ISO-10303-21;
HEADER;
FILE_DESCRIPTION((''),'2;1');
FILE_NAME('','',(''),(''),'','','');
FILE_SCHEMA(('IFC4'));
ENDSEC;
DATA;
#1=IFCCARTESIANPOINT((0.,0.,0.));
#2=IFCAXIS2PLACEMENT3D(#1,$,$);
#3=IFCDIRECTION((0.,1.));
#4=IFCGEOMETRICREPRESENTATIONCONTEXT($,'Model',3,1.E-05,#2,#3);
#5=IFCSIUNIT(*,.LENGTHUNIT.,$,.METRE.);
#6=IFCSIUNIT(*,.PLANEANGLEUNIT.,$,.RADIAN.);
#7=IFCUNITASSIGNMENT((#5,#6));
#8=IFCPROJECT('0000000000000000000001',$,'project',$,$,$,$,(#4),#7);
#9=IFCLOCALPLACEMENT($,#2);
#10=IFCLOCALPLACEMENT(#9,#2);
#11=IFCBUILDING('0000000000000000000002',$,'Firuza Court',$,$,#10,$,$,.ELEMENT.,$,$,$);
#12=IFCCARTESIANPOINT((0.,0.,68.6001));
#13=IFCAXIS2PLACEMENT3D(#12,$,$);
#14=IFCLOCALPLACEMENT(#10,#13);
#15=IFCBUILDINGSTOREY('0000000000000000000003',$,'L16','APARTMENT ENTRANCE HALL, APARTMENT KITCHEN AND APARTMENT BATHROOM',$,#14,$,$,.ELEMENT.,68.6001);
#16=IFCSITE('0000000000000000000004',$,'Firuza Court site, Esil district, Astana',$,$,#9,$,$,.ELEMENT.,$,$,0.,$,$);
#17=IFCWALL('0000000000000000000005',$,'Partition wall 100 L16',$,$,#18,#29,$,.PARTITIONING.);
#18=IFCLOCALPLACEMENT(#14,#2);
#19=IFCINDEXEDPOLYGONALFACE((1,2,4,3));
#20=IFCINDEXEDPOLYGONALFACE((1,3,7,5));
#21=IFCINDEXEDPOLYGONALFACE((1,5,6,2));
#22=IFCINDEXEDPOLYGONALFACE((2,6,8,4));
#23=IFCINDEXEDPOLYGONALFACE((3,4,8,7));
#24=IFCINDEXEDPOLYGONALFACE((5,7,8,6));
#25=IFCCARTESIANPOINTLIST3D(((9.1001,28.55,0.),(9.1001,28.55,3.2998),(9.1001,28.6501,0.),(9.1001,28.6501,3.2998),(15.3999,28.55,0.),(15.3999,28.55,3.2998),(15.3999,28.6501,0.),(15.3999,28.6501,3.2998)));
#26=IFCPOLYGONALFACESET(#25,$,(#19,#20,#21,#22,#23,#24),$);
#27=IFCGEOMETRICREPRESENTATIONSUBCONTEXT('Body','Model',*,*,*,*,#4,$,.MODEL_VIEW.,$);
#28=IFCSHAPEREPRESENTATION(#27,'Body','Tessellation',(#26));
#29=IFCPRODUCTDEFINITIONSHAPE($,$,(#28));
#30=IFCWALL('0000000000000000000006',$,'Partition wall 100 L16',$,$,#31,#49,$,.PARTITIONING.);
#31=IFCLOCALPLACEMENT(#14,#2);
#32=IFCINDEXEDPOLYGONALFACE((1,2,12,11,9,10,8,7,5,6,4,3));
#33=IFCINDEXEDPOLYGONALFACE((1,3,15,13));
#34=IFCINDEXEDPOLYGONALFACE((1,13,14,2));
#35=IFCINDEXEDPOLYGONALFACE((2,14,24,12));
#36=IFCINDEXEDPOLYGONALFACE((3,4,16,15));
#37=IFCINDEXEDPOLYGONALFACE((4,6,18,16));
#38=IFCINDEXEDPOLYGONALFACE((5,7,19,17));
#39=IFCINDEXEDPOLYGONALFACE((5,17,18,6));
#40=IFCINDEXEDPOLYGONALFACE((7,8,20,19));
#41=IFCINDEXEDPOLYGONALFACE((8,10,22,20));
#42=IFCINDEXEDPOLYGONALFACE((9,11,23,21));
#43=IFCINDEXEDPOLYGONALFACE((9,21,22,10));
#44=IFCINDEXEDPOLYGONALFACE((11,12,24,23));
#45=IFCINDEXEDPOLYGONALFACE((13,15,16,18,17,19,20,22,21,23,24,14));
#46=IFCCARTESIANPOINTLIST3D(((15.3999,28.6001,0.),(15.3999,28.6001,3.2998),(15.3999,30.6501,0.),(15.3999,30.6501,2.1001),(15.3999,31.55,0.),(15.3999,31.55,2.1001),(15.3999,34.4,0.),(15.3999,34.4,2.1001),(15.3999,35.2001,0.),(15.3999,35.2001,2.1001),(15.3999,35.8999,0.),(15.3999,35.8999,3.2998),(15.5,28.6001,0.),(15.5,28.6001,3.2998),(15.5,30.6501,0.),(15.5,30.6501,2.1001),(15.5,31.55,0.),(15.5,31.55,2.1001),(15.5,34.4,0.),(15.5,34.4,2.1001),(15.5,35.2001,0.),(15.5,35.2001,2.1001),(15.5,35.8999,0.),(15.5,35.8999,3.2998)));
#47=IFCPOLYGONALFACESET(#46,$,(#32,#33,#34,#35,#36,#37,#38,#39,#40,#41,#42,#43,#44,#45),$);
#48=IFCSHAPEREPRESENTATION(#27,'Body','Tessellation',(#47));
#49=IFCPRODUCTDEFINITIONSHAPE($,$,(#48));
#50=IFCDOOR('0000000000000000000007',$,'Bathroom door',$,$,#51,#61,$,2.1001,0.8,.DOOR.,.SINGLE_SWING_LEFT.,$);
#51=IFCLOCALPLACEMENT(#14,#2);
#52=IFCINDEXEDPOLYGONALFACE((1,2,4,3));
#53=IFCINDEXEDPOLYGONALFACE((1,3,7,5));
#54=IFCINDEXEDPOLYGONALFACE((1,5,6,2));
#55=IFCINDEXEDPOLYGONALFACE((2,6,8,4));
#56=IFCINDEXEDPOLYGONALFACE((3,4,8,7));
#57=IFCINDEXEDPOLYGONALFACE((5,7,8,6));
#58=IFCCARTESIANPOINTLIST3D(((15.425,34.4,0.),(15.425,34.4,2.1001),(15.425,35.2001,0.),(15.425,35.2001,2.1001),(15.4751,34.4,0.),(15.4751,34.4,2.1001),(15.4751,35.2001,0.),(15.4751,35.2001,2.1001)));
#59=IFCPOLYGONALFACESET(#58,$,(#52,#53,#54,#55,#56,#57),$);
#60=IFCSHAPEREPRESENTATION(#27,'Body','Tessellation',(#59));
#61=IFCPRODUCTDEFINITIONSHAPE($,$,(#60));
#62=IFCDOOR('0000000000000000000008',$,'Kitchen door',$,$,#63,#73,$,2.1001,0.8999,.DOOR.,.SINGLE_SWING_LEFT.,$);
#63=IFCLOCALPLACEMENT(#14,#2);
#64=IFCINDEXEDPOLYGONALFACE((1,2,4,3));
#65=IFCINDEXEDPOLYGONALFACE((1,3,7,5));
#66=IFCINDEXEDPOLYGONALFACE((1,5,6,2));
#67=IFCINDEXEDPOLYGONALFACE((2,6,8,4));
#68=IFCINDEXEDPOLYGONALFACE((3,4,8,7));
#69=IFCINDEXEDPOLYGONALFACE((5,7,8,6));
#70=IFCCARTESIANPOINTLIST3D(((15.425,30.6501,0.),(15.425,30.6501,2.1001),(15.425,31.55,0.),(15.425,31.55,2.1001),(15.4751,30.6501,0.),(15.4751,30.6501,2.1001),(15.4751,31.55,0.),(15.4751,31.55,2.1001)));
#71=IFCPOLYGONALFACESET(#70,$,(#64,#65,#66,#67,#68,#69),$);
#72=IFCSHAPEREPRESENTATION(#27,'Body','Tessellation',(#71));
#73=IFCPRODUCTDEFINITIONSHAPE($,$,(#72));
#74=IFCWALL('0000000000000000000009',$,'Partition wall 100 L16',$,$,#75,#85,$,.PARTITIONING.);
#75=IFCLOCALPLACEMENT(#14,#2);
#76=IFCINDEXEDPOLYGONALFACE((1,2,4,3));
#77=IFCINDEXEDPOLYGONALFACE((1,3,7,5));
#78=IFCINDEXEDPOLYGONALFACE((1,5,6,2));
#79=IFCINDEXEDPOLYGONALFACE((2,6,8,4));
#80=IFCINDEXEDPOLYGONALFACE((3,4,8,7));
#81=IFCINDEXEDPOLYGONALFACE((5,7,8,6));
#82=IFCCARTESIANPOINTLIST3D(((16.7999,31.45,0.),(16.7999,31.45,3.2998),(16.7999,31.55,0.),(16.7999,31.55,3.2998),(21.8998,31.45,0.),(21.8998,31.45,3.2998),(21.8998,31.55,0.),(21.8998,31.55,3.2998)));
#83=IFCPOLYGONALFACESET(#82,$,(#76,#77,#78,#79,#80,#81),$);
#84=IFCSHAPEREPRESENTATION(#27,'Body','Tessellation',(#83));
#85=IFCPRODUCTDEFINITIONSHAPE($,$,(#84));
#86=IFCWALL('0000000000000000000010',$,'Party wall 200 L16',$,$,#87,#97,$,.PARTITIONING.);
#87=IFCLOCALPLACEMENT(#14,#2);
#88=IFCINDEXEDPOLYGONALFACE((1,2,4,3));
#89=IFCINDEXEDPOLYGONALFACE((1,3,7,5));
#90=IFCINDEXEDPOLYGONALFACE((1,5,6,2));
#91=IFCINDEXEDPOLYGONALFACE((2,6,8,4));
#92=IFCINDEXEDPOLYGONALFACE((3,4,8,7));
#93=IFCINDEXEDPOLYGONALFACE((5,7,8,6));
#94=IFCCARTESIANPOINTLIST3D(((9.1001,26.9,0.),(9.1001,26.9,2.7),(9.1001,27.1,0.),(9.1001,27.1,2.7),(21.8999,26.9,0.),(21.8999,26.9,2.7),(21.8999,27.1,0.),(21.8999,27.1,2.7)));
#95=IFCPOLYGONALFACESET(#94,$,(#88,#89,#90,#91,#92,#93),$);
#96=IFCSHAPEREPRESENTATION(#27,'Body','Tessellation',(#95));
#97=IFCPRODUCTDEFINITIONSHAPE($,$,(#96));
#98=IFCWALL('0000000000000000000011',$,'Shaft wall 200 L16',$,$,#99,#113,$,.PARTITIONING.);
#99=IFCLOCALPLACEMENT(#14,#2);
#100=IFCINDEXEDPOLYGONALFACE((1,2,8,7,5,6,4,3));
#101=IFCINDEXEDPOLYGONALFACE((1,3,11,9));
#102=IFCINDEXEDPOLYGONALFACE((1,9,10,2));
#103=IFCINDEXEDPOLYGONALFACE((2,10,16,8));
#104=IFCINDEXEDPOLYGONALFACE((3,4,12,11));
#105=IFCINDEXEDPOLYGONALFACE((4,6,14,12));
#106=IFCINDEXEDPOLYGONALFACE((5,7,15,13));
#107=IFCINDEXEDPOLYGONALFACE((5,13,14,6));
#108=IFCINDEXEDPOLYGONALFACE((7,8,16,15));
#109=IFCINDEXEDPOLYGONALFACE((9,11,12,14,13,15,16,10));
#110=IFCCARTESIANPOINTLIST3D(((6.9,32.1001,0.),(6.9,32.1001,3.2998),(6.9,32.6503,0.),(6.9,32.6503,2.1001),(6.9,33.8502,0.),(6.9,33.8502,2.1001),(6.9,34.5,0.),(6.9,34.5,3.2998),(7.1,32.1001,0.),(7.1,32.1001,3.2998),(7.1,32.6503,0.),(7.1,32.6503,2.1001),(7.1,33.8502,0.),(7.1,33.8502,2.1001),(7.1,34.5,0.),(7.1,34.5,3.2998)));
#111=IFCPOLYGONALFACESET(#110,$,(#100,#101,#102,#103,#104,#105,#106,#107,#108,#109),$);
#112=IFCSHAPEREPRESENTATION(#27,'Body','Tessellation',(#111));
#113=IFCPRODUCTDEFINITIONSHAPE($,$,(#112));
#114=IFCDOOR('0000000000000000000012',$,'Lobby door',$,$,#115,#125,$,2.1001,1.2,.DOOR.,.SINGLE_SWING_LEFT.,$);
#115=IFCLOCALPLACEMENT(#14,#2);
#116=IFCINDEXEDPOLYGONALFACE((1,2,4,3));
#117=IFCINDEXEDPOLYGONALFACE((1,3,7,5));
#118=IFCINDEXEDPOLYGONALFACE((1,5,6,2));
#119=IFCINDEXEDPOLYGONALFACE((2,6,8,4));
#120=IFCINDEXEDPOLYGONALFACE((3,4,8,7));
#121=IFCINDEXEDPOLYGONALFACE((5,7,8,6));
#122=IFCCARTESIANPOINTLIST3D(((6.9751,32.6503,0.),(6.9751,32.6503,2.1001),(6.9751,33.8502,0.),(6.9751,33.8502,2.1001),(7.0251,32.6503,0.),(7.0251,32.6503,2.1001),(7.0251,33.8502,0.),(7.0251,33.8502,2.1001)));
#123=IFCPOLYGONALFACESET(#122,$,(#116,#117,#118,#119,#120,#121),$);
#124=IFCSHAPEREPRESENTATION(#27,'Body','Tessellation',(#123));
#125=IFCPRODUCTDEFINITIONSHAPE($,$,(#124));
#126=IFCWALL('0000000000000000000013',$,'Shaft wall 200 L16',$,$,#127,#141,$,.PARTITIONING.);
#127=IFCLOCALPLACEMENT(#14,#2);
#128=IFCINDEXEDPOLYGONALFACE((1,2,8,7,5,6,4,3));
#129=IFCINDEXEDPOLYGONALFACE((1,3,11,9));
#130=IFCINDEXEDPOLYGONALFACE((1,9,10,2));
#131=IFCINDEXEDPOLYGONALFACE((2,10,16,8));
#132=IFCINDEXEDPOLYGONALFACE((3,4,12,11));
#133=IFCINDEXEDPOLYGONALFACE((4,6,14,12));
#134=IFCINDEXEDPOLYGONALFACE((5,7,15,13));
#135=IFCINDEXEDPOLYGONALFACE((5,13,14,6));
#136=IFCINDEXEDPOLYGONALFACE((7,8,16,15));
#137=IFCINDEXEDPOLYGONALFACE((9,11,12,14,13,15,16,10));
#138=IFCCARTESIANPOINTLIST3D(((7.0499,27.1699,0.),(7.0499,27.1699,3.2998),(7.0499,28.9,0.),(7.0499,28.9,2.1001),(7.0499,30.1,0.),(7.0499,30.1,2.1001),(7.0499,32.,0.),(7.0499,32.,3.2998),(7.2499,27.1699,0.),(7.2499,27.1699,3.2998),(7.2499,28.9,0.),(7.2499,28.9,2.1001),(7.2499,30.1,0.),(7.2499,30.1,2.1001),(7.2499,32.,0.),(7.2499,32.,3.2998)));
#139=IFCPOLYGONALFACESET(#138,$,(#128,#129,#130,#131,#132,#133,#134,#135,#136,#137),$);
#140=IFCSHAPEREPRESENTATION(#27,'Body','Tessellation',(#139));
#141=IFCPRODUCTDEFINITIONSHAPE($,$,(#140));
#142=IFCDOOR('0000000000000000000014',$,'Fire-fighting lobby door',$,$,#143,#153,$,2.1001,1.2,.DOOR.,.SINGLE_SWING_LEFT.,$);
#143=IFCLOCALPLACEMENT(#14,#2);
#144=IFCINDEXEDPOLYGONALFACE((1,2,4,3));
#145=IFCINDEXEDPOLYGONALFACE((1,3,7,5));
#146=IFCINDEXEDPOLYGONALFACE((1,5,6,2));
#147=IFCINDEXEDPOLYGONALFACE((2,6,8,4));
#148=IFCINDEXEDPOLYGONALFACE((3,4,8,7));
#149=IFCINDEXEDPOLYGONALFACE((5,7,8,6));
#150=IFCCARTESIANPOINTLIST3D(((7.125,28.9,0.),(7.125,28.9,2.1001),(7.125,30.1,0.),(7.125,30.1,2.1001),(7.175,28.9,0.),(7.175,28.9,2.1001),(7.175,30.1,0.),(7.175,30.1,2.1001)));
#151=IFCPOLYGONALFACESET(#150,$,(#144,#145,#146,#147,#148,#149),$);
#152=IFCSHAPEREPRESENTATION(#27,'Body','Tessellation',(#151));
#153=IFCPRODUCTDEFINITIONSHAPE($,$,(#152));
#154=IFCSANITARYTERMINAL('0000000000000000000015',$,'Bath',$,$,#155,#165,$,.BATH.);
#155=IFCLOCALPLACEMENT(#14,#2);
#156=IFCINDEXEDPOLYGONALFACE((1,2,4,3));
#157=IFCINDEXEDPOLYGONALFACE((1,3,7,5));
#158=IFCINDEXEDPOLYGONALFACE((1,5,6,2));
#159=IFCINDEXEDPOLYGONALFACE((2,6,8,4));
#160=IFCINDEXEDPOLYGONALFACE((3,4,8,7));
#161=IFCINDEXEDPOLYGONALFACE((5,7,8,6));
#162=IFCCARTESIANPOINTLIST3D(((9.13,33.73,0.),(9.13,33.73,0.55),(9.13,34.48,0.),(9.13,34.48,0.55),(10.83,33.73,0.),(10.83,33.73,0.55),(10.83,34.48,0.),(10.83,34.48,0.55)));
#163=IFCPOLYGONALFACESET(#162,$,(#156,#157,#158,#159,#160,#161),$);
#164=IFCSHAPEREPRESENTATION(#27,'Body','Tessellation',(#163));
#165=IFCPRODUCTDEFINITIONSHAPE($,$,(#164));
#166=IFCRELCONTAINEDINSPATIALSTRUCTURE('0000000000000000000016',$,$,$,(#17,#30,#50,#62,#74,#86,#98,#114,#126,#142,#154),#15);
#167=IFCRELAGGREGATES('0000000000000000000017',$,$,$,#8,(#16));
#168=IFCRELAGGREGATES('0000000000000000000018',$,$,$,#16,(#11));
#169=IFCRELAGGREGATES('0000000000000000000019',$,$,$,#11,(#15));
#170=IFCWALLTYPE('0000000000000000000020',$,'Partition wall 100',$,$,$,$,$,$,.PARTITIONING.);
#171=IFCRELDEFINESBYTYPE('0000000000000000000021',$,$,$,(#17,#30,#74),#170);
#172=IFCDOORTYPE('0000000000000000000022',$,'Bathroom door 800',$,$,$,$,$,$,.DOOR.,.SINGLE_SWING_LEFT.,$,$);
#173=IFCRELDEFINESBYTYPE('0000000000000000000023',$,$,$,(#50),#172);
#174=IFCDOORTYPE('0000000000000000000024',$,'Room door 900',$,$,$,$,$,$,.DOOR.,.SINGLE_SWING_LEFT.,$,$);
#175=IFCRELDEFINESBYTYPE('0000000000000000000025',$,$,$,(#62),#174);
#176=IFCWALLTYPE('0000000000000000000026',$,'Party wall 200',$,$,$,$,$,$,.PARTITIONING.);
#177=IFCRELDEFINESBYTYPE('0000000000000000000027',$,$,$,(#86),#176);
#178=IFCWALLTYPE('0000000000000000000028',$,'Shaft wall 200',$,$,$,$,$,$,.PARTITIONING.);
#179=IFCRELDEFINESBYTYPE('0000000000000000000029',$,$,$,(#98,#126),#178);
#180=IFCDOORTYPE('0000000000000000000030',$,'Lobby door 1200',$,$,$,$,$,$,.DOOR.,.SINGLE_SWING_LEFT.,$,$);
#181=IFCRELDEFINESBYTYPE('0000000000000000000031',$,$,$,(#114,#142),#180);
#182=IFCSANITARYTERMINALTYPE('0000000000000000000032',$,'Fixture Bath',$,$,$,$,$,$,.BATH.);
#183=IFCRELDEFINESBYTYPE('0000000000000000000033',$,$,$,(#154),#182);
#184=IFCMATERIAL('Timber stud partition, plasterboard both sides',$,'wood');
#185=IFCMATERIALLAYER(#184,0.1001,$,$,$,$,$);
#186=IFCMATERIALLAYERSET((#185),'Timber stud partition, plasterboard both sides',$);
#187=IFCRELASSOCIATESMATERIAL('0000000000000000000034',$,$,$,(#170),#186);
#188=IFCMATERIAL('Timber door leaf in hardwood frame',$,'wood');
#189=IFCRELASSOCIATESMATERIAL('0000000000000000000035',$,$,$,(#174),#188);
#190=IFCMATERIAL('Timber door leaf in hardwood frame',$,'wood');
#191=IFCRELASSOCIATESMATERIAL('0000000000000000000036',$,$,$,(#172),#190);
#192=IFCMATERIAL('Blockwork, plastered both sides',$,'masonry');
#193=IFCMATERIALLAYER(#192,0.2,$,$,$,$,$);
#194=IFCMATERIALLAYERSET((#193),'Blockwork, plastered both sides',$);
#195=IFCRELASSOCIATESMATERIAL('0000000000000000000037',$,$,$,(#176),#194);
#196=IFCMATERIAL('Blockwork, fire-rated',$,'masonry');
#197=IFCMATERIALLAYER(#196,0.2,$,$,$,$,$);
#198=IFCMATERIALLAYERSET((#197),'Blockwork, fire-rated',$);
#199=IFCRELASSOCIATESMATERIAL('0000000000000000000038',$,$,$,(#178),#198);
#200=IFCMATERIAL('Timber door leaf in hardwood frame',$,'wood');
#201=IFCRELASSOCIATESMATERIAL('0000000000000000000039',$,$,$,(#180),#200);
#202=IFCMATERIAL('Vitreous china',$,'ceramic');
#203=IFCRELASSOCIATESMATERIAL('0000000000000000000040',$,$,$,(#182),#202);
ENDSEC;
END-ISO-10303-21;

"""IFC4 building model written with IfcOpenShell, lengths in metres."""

from ifc_helpers import new_model, si_unit, direction, frame, frame_2d, origin, origin_2d, place, context, subcontext, project, spatial, rectangle, extrude, material, layer, layer_set, type_object, element, fill, save


model = new_model("IFC4")

# Units and contexts
model_context = context("Model", 3, precision=1e-05, world=origin(), true_north=direction((0.0, 1.0)))
body_context = subcontext(model_context, "Body", "Model", "MODEL_VIEW")
ifc_project = project(units=[si_unit("LENGTHUNIT", "METRE"), si_unit("PLANEANGLEUNIT", "RADIAN")], contexts=[model_context])

# Site, building, storey
site_placement = place(None, origin())
site = spatial("IfcSite", under=ifc_project, at=site_placement, Name="Firuza Court site, Esil district, Astana", CompositionType="ELEMENT", RefElevation=0.0)
building_placement = place(site_placement, origin())
building = spatial("IfcBuilding", under=site, at=building_placement, Name="Firuza Court", CompositionType="ELEMENT")
storey_placement = place(building_placement, frame((0.0, 0.0, 68.6001)))
storey = spatial("IfcBuildingStorey", under=building, at=storey_placement, Name="L16", Description="APARTMENT ENTRANCE HALL, APARTMENT KITCHEN AND APARTMENT BATHROOM", CompositionType="ELEMENT", Elevation=68.6001)

# Shared definitions
ifc_material_1 = material(Name="Blockwork, plastered both sides", Category="masonry")
ifc_material_2 = material(Name="Timber stud partition, plasterboard both sides", Category="wood")
ifc_layer_1 = layer(ifc_material_2, 0.1001)
ifc_layer_set_1 = layer_set([ifc_layer_1], Name="Timber stud partition, plasterboard both sides")
wall_type_1 = type_object("IfcWallType", Name="Partition wall 100", PredefinedType="PARTITIONING", material=ifc_layer_set_1)
ifc_material_3 = material(Name="Timber door leaf in hardwood frame", Category="wood")
door_type_1 = type_object("IfcDoorType", Name="Room door 900", OperationType="SINGLE_SWING_LEFT", PredefinedType="DOOR", material=ifc_material_3)

# Wall
wall_1_placement = place(storey_placement, frame((9.1001, 28.6001, 0.0), z_axis=(0.0, 0.0, 1.0), x_axis=(1.0, 0.0, 0.0)))
element("IfcWall", 1, at=wall_1_placement, inside=storey, type_object=wall_type_1, Name="Partition wall 100 L16", PredefinedType="PARTITIONING", context=body_context, shape_type="SweptSolid", body=[
    extrude(rectangle(XDim=6.2998, YDim=0.1001, at=frame_2d((3.1499, 0.0))), origin(), (0.0, 0.0, 1.0), 3.2998),
])

# Wall, openings, doors
wall_2_placement = place(storey_placement, frame((15.45, 28.6001, 0.0), z_axis=(0.0, 0.0, 1.0), x_axis=(0.0, 1.0, 0.0)))
wall_2 = element("IfcWall", 2, at=wall_2_placement, inside=storey, type_object=wall_type_1, Name="Partition wall 100 L16", PredefinedType="PARTITIONING", context=body_context, shape_type="SweptSolid", body=[
    extrude(rectangle(XDim=7.2998, YDim=0.1001, at=frame_2d((3.6499, 0.0))), origin(), (0.0, 0.0, 1.0), 3.2998),
])
opening_1_placement = place(wall_2_placement, frame((5.8, 0.0, 0.0)))
opening_1 = element("IfcOpeningElement", 3, at=opening_1_placement, cuts=wall_2, PredefinedType="OPENING", context=body_context, shape_type="SweptSolid", body=[
    extrude(rectangle(XDim=0.8, YDim=2.1001, at=frame_2d((0.3999, 1.05))), frame((0.0, 0.062, 0.0), z_axis=(0.0, -1.0, 0.0), x_axis=(1.0, 0.0, 0.0)), (0.0, 0.0, 1.0), 0.124),
])
opening_2_placement = place(wall_2_placement, frame((2.05, 0.0, 0.0)))
opening_2 = element("IfcOpeningElement", 4, at=opening_2_placement, cuts=wall_2, PredefinedType="OPENING", context=body_context, shape_type="SweptSolid", body=[
    extrude(rectangle(XDim=0.8999, YDim=2.1001, at=frame_2d((0.45, 1.05))), frame((0.0, 0.062, 0.0), z_axis=(0.0, -1.0, 0.0), x_axis=(1.0, 0.0, 0.0)), (0.0, 0.0, 1.0), 0.124),
])
ifc_material_4 = material(Name="Timber door leaf in hardwood frame", Category="wood")
door_type_2 = type_object("IfcDoorType", Name="Bathroom door 800", OperationType="SINGLE_SWING_LEFT", PredefinedType="DOOR", material=ifc_material_4)
door_1_placement = place(opening_1_placement, origin())
door_1 = element("IfcDoor", 5, at=door_1_placement, inside=storey, type_object=door_type_2, Name="Bathroom door", OperationType="SINGLE_SWING_LEFT", OverallHeight=2.1001, OverallWidth=0.8, PredefinedType="DOOR", context=body_context, shape_type="SweptSolid", body=[
    extrude(rectangle(XDim=0.8, YDim=2.1001, at=frame_2d((0.3999, 1.05))), frame((0.0, 0.0249, 0.0), z_axis=(0.0, -1.0, 0.0), x_axis=(1.0, 0.0, 0.0)), (0.0, 0.0, 1.0), 0.05),
])
fill(opening_1, door_1)
door_2_placement = place(opening_2_placement, origin())
door_2 = element("IfcDoor", 6, at=door_2_placement, inside=storey, type_object=door_type_1, Name="Kitchen door", OperationType="SINGLE_SWING_LEFT", OverallHeight=2.1001, OverallWidth=0.8999, PredefinedType="DOOR", context=body_context, shape_type="SweptSolid", body=[
    extrude(rectangle(XDim=0.8999, YDim=2.1001, at=frame_2d((0.45, 1.05))), frame((0.0, 0.0249, 0.0), z_axis=(0.0, -1.0, 0.0), x_axis=(1.0, 0.0, 0.0)), (0.0, 0.0, 1.0), 0.05),
])
fill(opening_2, door_2)

# Walls
wall_3_placement = place(storey_placement, frame((16.8, 31.5, 0.0), z_axis=(0.0, 0.0, 1.0), x_axis=(1.0, 0.0, 0.0)))
element("IfcWall", 7, at=wall_3_placement, inside=storey, type_object=wall_type_1, Name="Partition wall 100 L16", PredefinedType="PARTITIONING", context=body_context, shape_type="SweptSolid", body=[
    extrude(rectangle(XDim=5.0999, YDim=0.1001, at=frame_2d((2.5498, 0.0))), origin(), (0.0, 0.0, 1.0), 3.2998),
])
ifc_layer_2 = layer(ifc_material_1, 0.2)
ifc_layer_set_2 = layer_set([ifc_layer_2], Name="Blockwork, plastered both sides")
wall_type_2 = type_object("IfcWallType", Name="Party wall 200", PredefinedType="PARTITIONING", material=ifc_layer_set_2)
wall_4_placement = place(storey_placement, frame((9.1001, 27.0, 0.0), z_axis=(0.0, 0.0, 1.0), x_axis=(1.0, 0.0, 0.0)))
element("IfcWall", 8, at=wall_4_placement, inside=storey, type_object=wall_type_2, Name="Party wall 200 L16", PredefinedType="PARTITIONING", context=body_context, shape_type="SweptSolid", body=[
    extrude(rectangle(XDim=12.7998, YDim=0.2, at=frame_2d((6.3999, 0.0))), origin(), (0.0, 0.0, 1.0), 2.7),
])

# Walls, openings, doors
ifc_material_5 = material(Name="Blockwork, fire-rated", Category="masonry")
ifc_layer_3 = layer(ifc_material_5, 0.2)
ifc_layer_set_3 = layer_set([ifc_layer_3], Name="Blockwork, fire-rated")
wall_type_3 = type_object("IfcWallType", Name="Shaft wall 200", PredefinedType="PARTITIONING", material=ifc_layer_set_3)
wall_5_placement = place(storey_placement, frame((7.0, 32.1001, 0.0), z_axis=(0.0, 0.0, 1.0), x_axis=(0.0, 1.0, 0.0)))
wall_5 = element("IfcWall", 9, at=wall_5_placement, inside=storey, type_object=wall_type_3, Name="Shaft wall 200 L16", PredefinedType="PARTITIONING", context=body_context, shape_type="SweptSolid", body=[
    extrude(rectangle(XDim=2.3999, YDim=0.2, at=frame_2d((1.2, 0.0))), origin(), (0.0, 0.0, 1.0), 3.2998),
])
opening_3_placement = place(wall_5_placement, frame((0.55, 0.0, 0.0)))
opening_3 = element("IfcOpeningElement", 10, at=opening_3_placement, cuts=wall_5, PredefinedType="OPENING", context=body_context, shape_type="SweptSolid", body=[
    extrude(rectangle(XDim=1.2, YDim=2.1001, at=frame_2d((0.6001, 1.05))), frame((0.0, 0.1118, 0.0), z_axis=(0.0, -1.0, 0.0), x_axis=(1.0, 0.0, 0.0)), (0.0, 0.0, 1.0), 0.2239),
])
ifc_material_6 = material(Name="Timber door leaf in hardwood frame", Category="wood")
door_type_3 = type_object("IfcDoorType", Name="Lobby door 1200", OperationType="SINGLE_SWING_LEFT", PredefinedType="DOOR", material=ifc_material_6)
door_3_placement = place(opening_3_placement, origin())
door_3 = element("IfcDoor", 11, at=door_3_placement, inside=storey, type_object=door_type_3, Name="Lobby door", OperationType="SINGLE_SWING_LEFT", OverallHeight=2.1001, OverallWidth=1.2, PredefinedType="DOOR", context=body_context, shape_type="SweptSolid", body=[
    extrude(rectangle(XDim=1.2, YDim=2.1001, at=frame_2d((0.6001, 1.05))), frame((0.0, 0.0249, 0.0), z_axis=(0.0, -1.0, 0.0), x_axis=(1.0, 0.0, 0.0)), (0.0, 0.0, 1.0), 0.05),
])
fill(opening_3, door_3)
wall_6_placement = place(storey_placement, frame((7.1499, 27.1699, 0.0), z_axis=(0.0, 0.0, 1.0), x_axis=(0.0, 1.0, 0.0)))
wall_6 = element("IfcWall", 12, at=wall_6_placement, inside=storey, type_object=wall_type_3, Name="Shaft wall 200 L16", PredefinedType="PARTITIONING", context=body_context, shape_type="SweptSolid", body=[
    extrude(rectangle(XDim=4.8301, YDim=0.2, at=frame_2d((2.415, 0.0))), origin(), (0.0, 0.0, 1.0), 3.2998),
])
opening_4_placement = place(wall_6_placement, frame((1.73, 0.0, 0.0)))
opening_4 = element("IfcOpeningElement", 13, at=opening_4_placement, cuts=wall_6, PredefinedType="OPENING", context=body_context, shape_type="SweptSolid", body=[
    extrude(rectangle(XDim=1.2, YDim=2.1001, at=frame_2d((0.6001, 1.05))), frame((0.0, 0.1118, 0.0), z_axis=(0.0, -1.0, 0.0), x_axis=(1.0, 0.0, 0.0)), (0.0, 0.0, 1.0), 0.2239),
])
door_4_placement = place(opening_4_placement, origin())
door_4 = element("IfcDoor", 14, at=door_4_placement, inside=storey, type_object=door_type_3, Name="Fire-fighting lobby door", OperationType="SINGLE_SWING_LEFT", OverallHeight=2.1001, OverallWidth=1.2, PredefinedType="DOOR", context=body_context, shape_type="SweptSolid", body=[
    extrude(rectangle(XDim=1.2, YDim=2.1001, at=frame_2d((0.6001, 1.05))), frame((0.0, 0.0249, 0.0), z_axis=(0.0, -1.0, 0.0), x_axis=(1.0, 0.0, 0.0)), (0.0, 0.0, 1.0), 0.05),
])
fill(opening_4, door_4)

# Sanitary terminal
ifc_material_7 = material(Name="Vitreous china", Category="ceramic")
sanitary_terminal_type_1 = type_object("IfcSanitaryTerminalType", Name="Fixture Bath", PredefinedType="BATH", material=ifc_material_7)
sanitary_terminal_1_placement = place(storey_placement, frame((9.98, 34.105, 0.0), z_axis=(0.0, 0.0, 1.0), x_axis=(1.0, 0.0, 0.0)))
element("IfcSanitaryTerminal", 15, at=sanitary_terminal_1_placement, inside=storey, type_object=sanitary_terminal_type_1, Name="Bath", PredefinedType="BATH", context=body_context, shape_type="SweptSolid", body=[
    extrude(rectangle(XDim=1.7, YDim=0.75, at=origin_2d()), origin(), (0.0, 0.0, 1.0), 0.55),
])

save(model, "model.ifc")
